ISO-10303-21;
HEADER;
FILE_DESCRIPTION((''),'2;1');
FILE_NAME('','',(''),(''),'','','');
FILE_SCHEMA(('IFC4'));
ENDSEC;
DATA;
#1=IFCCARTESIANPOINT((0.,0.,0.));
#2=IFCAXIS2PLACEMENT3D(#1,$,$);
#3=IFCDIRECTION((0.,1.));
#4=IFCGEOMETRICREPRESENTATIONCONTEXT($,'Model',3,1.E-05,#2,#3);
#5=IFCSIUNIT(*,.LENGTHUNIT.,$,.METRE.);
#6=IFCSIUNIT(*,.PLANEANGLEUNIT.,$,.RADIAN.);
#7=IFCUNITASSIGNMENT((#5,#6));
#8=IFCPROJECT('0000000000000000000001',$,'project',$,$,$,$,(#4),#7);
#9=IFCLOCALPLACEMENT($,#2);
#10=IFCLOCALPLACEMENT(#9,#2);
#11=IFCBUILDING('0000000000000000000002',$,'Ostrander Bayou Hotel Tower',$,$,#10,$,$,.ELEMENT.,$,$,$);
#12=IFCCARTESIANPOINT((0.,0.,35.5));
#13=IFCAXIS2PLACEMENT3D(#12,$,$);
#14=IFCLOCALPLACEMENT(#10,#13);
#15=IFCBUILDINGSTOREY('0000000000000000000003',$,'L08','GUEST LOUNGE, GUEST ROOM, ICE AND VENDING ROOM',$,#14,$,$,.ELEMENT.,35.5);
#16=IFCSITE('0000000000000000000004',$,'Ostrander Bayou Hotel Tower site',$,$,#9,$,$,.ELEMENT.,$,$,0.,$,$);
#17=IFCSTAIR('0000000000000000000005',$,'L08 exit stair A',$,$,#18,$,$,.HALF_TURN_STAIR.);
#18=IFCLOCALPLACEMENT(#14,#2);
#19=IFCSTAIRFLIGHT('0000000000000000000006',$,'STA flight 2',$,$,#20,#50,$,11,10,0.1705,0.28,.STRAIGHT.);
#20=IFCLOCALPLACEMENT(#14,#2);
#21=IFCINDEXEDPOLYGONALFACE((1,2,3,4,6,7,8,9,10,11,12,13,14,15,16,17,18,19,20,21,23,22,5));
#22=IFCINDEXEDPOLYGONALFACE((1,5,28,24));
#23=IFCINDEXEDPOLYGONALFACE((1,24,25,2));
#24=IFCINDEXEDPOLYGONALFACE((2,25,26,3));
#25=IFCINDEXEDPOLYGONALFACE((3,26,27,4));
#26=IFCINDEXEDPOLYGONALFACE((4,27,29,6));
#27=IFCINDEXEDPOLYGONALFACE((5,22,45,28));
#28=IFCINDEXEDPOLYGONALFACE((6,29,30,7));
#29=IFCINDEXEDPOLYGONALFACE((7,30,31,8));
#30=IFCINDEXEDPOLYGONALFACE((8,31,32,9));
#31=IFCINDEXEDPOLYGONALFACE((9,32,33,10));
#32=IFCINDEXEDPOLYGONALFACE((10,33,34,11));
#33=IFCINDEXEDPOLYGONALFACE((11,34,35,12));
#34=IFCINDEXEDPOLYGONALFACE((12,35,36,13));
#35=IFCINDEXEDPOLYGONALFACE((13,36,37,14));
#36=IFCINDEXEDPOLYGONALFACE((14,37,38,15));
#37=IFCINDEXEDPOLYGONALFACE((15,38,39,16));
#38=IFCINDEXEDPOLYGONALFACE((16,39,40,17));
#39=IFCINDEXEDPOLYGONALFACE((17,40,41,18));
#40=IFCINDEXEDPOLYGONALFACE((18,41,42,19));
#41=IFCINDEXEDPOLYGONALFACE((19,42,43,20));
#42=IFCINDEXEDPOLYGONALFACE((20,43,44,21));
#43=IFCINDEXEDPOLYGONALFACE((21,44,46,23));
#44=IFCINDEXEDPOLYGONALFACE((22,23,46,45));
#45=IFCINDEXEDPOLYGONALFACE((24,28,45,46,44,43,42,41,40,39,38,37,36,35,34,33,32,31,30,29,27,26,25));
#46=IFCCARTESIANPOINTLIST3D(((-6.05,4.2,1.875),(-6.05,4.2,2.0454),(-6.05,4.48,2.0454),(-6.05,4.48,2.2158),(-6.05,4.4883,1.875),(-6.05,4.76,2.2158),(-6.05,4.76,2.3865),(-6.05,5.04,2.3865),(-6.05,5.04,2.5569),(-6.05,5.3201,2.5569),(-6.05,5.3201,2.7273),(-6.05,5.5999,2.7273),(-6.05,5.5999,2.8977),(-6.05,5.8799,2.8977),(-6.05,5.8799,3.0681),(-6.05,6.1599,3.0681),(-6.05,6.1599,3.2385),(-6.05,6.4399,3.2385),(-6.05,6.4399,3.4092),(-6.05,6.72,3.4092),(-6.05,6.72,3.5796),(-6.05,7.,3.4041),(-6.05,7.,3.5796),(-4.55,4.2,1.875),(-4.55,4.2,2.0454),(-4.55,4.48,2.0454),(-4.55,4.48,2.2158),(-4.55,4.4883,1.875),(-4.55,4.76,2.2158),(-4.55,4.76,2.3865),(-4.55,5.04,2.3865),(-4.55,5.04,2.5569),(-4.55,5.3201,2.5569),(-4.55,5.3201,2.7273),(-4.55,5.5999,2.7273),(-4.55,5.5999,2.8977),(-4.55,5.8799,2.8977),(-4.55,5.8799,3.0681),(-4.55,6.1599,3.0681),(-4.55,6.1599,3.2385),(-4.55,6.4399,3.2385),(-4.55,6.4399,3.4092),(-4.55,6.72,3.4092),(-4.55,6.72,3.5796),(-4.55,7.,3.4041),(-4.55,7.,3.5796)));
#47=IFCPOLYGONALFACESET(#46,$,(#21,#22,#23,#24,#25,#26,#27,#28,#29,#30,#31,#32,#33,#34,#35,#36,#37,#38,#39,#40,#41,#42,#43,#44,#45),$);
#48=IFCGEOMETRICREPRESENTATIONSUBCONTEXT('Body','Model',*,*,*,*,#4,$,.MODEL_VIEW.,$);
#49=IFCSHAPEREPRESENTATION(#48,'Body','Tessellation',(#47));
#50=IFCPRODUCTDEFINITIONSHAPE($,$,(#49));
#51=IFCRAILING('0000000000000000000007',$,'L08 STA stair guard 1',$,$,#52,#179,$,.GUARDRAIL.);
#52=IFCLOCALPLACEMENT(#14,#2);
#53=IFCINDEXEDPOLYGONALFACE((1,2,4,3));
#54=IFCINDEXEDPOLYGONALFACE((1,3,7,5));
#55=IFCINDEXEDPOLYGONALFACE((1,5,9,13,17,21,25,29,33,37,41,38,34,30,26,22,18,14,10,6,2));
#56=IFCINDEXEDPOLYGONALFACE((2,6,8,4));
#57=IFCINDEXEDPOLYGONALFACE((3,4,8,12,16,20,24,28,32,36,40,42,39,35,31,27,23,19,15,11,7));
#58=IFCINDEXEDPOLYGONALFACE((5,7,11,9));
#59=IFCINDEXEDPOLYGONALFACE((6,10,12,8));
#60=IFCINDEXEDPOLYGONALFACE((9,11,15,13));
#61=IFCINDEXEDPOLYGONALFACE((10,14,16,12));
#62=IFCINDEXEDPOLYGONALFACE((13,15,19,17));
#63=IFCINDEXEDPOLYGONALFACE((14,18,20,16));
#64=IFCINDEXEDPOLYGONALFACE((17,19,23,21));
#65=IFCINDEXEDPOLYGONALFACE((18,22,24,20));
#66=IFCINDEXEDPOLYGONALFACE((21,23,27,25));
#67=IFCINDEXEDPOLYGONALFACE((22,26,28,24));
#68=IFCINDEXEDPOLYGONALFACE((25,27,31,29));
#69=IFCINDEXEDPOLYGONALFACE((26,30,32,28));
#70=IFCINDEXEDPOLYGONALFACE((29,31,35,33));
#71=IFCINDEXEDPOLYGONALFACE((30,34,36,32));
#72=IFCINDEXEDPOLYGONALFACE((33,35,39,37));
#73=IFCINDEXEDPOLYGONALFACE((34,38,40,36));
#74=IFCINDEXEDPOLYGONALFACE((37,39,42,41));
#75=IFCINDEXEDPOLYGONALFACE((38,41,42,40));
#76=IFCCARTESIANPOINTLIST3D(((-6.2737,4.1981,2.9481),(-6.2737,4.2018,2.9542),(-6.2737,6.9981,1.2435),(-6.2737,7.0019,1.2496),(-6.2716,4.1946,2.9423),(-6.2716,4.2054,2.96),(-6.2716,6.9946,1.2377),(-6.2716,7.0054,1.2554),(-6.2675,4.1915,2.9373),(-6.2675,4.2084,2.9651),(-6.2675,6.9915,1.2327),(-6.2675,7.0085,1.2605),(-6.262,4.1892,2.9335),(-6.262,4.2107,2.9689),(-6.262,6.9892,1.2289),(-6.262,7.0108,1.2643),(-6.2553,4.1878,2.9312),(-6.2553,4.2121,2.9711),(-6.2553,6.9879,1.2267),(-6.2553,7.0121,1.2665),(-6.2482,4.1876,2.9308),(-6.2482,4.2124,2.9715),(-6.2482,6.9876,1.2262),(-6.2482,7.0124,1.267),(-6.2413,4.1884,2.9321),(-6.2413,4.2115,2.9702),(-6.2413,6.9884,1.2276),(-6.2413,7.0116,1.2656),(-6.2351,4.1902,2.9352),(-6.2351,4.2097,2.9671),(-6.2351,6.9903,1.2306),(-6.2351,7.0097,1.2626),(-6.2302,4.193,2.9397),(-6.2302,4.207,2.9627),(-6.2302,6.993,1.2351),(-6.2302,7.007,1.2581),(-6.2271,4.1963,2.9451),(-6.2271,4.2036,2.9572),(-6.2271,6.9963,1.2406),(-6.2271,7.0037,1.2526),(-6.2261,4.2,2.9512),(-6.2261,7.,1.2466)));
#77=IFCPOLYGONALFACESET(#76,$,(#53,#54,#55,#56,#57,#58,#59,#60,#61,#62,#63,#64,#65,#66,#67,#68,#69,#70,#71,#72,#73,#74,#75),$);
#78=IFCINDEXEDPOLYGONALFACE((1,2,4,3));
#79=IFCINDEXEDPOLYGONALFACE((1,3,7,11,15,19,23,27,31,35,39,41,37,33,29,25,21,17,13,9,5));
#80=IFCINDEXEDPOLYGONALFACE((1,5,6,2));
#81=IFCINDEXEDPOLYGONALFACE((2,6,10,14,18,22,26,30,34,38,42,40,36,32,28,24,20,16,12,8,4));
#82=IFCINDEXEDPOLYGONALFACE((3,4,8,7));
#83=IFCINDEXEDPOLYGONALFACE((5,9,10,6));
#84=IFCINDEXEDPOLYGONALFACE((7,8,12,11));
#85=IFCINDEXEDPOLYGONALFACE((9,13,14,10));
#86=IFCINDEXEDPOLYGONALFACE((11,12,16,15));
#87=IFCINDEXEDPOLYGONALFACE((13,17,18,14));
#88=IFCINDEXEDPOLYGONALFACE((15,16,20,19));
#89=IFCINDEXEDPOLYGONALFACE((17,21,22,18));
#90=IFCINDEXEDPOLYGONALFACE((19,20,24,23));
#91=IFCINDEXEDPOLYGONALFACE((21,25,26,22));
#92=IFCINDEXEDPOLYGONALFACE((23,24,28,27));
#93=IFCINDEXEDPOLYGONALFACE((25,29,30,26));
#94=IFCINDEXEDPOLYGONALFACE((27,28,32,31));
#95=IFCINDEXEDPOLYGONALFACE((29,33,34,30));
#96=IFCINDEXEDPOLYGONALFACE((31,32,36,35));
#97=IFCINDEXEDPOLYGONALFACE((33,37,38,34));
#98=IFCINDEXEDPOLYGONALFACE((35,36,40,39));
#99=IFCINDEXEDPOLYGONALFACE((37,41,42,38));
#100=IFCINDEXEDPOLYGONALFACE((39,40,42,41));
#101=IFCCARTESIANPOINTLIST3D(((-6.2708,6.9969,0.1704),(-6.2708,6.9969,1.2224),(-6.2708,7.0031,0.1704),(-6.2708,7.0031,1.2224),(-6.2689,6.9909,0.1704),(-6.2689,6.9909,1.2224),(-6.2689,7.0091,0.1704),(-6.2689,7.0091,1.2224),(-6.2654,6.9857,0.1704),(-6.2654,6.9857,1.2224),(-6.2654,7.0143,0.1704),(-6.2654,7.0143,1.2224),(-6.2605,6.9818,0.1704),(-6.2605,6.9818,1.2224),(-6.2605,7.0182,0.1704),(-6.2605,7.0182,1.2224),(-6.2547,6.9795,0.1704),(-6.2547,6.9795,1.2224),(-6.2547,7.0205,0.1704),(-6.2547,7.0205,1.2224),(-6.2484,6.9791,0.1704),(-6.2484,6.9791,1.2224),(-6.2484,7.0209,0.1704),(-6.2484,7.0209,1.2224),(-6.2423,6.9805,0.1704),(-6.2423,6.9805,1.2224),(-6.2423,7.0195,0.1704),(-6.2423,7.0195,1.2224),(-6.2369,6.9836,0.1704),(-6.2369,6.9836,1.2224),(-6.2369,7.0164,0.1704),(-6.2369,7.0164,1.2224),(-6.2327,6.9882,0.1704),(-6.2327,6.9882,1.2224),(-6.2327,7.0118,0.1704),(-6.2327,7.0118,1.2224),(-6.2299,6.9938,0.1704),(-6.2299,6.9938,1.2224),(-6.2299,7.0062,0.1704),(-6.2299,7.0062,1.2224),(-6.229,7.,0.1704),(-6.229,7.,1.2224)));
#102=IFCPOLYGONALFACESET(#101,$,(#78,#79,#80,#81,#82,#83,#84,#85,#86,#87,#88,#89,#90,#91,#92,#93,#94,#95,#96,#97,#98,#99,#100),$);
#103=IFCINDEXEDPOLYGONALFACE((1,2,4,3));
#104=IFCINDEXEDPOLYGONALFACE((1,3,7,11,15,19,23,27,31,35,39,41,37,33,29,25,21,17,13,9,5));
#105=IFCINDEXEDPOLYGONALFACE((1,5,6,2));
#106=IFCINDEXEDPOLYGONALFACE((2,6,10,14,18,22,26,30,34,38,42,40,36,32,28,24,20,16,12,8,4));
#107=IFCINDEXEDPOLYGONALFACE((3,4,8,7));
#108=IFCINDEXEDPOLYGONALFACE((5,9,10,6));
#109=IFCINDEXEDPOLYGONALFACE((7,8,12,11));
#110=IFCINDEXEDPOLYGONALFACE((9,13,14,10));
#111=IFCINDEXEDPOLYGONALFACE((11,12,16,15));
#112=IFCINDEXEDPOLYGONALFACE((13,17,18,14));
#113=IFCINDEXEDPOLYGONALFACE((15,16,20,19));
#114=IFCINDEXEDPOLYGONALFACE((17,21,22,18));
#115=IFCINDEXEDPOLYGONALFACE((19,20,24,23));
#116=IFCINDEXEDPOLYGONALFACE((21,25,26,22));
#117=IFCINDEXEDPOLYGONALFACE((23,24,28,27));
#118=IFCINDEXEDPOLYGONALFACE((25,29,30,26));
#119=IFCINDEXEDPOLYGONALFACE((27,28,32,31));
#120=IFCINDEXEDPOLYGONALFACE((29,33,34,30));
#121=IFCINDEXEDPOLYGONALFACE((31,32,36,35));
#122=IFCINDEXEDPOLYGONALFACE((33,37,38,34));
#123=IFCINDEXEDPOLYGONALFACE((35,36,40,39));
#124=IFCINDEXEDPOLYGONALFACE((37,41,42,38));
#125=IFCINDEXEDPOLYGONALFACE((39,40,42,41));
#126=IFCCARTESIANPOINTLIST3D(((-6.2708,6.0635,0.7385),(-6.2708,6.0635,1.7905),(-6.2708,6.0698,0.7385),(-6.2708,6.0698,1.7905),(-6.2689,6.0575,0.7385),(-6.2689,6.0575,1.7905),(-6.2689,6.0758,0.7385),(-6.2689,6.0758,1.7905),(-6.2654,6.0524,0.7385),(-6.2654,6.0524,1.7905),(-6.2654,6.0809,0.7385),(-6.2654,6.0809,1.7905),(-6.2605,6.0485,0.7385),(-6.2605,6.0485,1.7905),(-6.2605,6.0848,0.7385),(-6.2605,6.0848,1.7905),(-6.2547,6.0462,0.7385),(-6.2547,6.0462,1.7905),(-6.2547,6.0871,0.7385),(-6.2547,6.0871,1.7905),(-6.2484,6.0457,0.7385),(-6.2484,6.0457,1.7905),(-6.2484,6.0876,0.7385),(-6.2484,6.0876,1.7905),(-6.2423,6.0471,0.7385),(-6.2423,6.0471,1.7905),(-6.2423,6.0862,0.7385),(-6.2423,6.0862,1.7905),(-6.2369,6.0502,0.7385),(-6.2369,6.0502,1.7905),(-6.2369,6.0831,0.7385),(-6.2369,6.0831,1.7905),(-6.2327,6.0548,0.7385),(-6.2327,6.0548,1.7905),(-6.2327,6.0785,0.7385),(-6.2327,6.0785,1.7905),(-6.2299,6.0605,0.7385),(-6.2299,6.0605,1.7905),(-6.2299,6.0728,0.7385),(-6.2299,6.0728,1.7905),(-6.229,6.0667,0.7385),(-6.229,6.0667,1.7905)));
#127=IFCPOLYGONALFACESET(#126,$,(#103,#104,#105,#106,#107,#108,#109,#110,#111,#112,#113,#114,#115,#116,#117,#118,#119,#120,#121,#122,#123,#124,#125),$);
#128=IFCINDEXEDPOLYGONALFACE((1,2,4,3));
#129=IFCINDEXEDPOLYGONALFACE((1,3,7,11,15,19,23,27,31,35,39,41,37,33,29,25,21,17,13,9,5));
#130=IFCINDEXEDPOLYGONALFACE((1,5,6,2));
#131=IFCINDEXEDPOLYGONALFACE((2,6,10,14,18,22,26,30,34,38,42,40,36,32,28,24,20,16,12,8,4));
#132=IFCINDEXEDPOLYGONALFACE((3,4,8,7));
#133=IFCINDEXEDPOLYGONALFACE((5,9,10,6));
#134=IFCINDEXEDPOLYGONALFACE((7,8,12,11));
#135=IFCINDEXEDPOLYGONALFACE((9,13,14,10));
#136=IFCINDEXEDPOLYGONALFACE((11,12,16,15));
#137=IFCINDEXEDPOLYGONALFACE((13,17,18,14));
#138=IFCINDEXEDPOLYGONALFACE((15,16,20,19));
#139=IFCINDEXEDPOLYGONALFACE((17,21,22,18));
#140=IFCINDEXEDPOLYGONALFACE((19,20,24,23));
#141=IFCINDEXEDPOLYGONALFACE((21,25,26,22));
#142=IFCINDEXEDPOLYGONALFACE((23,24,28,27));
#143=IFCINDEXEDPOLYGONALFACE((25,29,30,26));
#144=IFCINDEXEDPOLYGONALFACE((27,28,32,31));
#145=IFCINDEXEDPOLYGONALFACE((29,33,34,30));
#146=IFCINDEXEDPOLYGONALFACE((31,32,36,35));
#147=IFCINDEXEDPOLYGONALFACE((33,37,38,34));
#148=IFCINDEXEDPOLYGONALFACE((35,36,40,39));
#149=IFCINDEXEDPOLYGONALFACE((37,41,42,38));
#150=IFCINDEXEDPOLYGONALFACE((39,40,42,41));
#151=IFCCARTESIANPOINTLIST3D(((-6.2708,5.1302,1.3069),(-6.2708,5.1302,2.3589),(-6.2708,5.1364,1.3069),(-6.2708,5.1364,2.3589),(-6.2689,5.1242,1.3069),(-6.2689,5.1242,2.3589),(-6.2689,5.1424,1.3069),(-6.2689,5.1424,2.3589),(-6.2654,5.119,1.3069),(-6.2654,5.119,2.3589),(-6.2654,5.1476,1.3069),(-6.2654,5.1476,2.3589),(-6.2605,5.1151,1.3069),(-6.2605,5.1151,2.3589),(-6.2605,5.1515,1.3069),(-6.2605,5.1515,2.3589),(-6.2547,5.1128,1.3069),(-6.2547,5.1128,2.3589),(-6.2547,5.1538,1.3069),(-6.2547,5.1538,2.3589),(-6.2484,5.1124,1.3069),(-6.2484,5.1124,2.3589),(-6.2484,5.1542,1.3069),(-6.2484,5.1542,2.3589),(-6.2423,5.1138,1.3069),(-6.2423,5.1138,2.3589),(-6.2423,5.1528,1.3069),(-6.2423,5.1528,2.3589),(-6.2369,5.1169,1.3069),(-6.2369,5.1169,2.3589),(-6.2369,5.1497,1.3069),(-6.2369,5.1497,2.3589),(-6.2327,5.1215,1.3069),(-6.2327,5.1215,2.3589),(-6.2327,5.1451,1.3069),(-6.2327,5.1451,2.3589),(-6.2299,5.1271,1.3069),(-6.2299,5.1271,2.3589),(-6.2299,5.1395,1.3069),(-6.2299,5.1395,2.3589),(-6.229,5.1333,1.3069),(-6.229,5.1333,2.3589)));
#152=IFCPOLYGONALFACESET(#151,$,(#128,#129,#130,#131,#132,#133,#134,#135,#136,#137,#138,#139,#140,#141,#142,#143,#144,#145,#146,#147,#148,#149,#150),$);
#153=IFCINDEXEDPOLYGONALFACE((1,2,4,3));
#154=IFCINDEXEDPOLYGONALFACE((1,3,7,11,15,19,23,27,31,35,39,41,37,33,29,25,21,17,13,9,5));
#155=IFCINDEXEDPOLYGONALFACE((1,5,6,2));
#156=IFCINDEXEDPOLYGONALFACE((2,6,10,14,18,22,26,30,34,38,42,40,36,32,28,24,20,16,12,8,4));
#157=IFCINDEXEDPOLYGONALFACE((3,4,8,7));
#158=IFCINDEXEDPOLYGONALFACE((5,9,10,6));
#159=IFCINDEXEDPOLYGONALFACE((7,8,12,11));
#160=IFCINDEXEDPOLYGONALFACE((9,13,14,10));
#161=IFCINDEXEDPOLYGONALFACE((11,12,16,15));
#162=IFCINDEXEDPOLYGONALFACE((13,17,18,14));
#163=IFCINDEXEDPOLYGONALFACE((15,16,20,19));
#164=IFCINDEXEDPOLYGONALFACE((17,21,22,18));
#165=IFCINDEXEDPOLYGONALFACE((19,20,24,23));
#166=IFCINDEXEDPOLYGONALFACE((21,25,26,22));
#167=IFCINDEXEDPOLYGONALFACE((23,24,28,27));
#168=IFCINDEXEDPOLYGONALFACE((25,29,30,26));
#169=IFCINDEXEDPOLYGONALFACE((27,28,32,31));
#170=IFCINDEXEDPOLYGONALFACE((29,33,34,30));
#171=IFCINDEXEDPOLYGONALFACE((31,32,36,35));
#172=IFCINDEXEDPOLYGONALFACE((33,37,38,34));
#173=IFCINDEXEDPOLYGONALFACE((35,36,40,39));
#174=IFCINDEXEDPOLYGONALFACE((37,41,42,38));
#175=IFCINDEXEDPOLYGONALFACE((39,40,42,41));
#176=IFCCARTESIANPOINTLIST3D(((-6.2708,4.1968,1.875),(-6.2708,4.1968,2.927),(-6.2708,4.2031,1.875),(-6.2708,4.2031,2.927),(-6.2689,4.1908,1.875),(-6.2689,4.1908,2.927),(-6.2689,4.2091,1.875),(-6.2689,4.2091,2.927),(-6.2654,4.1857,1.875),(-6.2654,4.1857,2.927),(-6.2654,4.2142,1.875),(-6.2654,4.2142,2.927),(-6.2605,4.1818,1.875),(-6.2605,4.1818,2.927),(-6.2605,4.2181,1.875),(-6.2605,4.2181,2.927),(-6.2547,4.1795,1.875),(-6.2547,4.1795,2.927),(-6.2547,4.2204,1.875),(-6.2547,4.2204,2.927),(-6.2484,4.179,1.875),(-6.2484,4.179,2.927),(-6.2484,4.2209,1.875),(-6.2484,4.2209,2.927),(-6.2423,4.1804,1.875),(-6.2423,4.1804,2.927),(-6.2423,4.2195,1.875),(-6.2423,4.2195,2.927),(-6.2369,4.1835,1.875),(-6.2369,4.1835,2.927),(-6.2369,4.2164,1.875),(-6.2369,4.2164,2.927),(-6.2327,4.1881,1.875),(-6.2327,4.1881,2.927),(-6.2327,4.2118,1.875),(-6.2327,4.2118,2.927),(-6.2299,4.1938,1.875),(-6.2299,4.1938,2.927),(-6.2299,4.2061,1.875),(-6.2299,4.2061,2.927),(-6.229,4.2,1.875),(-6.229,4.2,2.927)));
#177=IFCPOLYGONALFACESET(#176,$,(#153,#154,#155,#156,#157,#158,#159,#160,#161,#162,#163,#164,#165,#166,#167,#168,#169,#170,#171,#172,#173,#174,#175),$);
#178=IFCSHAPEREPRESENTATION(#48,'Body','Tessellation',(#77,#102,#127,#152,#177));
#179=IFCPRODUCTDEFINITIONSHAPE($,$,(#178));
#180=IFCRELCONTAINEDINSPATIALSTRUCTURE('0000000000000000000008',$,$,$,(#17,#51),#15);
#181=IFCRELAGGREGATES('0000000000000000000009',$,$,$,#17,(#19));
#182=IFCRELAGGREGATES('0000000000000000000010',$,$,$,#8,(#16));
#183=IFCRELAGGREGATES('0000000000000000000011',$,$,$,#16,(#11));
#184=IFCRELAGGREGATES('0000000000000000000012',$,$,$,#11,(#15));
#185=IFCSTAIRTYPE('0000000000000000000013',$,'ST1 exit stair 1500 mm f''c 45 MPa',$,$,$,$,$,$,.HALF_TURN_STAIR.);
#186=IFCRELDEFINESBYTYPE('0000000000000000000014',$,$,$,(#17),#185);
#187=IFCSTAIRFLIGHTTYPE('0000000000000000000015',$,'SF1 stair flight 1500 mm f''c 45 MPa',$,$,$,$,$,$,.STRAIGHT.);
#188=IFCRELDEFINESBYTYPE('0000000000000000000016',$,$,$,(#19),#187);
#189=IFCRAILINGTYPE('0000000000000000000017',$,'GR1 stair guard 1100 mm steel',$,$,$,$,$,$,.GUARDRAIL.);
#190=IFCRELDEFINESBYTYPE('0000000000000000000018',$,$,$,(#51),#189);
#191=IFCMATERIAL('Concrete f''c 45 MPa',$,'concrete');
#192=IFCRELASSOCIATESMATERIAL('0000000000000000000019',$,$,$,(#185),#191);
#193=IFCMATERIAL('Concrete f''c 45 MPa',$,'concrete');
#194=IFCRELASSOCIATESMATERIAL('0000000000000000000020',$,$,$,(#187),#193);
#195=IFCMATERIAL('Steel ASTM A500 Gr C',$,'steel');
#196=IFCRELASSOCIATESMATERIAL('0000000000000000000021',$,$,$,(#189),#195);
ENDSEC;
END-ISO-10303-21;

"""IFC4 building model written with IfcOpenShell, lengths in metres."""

from ifc_helpers import new_model, si_unit, direction, frame, origin, origin_2d, place, context, subcontext, project, spatial, polyline, circle, outline, extrude, material, type_object, element, aggregate, save


model = new_model("IFC4")

# Units and contexts
model_context = context("Model", 3, precision=1e-05, world=origin(), true_north=direction((0.0, 1.0)))
body_context = subcontext(model_context, "Body", "Model", "MODEL_VIEW")
ifc_project = project(units=[si_unit("LENGTHUNIT", "METRE"), si_unit("PLANEANGLEUNIT", "RADIAN")], contexts=[model_context])

# Site, building, storey
site_placement = place(None, origin())
site = spatial("IfcSite", under=ifc_project, at=site_placement, Name="Ostrander Bayou Hotel Tower site", CompositionType="ELEMENT", RefElevation=0.0)
building_placement = place(site_placement, origin())
building = spatial("IfcBuilding", under=site, at=building_placement, Name="Ostrander Bayou Hotel Tower", CompositionType="ELEMENT")
storey_placement = place(building_placement, frame((0.0, 0.0, 35.5)))
storey = spatial("IfcBuildingStorey", under=building, at=storey_placement, Name="L08", Description="GUEST LOUNGE, GUEST ROOM, ICE AND VENDING ROOM", CompositionType="ELEMENT", Elevation=35.5)

# Stair, stair flight
ifc_material_1 = material(Name="Concrete f'c 45 MPa", Category="concrete")
stair_type = type_object("IfcStairType", Name="ST1 exit stair 1500 mm f'c 45 MPa", PredefinedType="HALF_TURN_STAIR", material=ifc_material_1)
stair_placement = place(storey_placement, origin())
stair = element("IfcStair", 1, at=stair_placement, inside=storey, type_object=stair_type, Name="L08 exit stair A", PredefinedType="HALF_TURN_STAIR")
ifc_material_2 = material(Name="Concrete f'c 45 MPa", Category="concrete")
stair_flight_type = type_object("IfcStairFlightType", Name="SF1 stair flight 1500 mm f'c 45 MPa", PredefinedType="STRAIGHT", material=ifc_material_2)
stair_flight_1_placement = place(storey_placement, frame((-5.3, 4.2, 1.875), z_axis=(0.0, 0.0, 1.0), x_axis=(0.0, 1.0, 0.0)))
stair_flight_1 = element("IfcStairFlight", 2, at=stair_flight_1_placement, type_object=stair_flight_type, Name="STA flight 2", NumberOfRisers=11, NumberOfTreads=10, PredefinedType="STRAIGHT", RiserHeight=0.1705, TreadLength=0.28, context=body_context, shape_type="SweptSolid", body=[
    extrude(outline(polyline([(0.0, 0.0), (0.0, 0.1704), (0.28, 0.1704), (0.28, 0.3408), (0.5601, 0.3408), (0.5601, 0.5115), (0.8401, 0.5115), (0.8401, 0.6819), (1.1201, 0.6819), (1.1201, 0.8523), (1.3999, 0.8523), (1.3999, 1.0227), (1.6799, 1.0227), (1.6799, 1.1931), (1.96, 1.1931), (1.96, 1.3635), (2.24, 1.3635), (2.24, 1.5342), (2.52, 1.5342), (2.52, 1.7046), (2.8, 1.7046), (2.8, 1.875), (2.8, 1.5291), (0.2883, 0.0), (0.0, 0.0)])), frame((0.0, 0.75, 0.0), z_axis=(0.0, -1.0, 0.0), x_axis=(1.0, 0.0, 0.0)), (0.0, 0.0, 1.0), 1.5),
])
aggregate(stair, [stair_flight_1])

# Railing
ifc_material_3 = material(Name="Steel ASTM A500 Gr C", Category="steel")
railing_type_1 = type_object("IfcRailingType", Name="GR1 stair guard 1100 mm steel", PredefinedType="GUARDRAIL", material=ifc_material_3)
railing_1_placement = place(storey_placement, frame((-6.25, 7.0, 0.1704)))
element("IfcRailing", 3, at=railing_1_placement, inside=storey, type_object=railing_type_1, Name="L08 STA stair guard 1", PredefinedType="GUARDRAIL", context=body_context, shape_type="SweptSolid", body=[
    extrude(circle(Radius=0.0239, at=origin_2d()), frame((0.0, 0.0, 1.0762), z_axis=(0.0, -0.85417, 0.519994), x_axis=(1.0, 0.0, 0.0)), (0.0, 0.0, 1.0), 3.2781),
    extrude(circle(Radius=0.021, at=origin_2d()), origin(), (0.0, 0.0, 1.0), 1.052),
    extrude(circle(Radius=0.021, at=origin_2d()), frame((0.0, -0.9333, 0.5681)), (0.0, 0.0, 1.0), 1.052),
    extrude(circle(Radius=0.021, at=origin_2d()), frame((0.0, -1.8667, 1.1365)), (0.0, 0.0, 1.0), 1.052),
    extrude(circle(Radius=0.021, at=origin_2d()), frame((0.0, -2.8, 1.7046)), (0.0, 0.0, 1.0), 1.052),
])

save(model, "model.ifc")
